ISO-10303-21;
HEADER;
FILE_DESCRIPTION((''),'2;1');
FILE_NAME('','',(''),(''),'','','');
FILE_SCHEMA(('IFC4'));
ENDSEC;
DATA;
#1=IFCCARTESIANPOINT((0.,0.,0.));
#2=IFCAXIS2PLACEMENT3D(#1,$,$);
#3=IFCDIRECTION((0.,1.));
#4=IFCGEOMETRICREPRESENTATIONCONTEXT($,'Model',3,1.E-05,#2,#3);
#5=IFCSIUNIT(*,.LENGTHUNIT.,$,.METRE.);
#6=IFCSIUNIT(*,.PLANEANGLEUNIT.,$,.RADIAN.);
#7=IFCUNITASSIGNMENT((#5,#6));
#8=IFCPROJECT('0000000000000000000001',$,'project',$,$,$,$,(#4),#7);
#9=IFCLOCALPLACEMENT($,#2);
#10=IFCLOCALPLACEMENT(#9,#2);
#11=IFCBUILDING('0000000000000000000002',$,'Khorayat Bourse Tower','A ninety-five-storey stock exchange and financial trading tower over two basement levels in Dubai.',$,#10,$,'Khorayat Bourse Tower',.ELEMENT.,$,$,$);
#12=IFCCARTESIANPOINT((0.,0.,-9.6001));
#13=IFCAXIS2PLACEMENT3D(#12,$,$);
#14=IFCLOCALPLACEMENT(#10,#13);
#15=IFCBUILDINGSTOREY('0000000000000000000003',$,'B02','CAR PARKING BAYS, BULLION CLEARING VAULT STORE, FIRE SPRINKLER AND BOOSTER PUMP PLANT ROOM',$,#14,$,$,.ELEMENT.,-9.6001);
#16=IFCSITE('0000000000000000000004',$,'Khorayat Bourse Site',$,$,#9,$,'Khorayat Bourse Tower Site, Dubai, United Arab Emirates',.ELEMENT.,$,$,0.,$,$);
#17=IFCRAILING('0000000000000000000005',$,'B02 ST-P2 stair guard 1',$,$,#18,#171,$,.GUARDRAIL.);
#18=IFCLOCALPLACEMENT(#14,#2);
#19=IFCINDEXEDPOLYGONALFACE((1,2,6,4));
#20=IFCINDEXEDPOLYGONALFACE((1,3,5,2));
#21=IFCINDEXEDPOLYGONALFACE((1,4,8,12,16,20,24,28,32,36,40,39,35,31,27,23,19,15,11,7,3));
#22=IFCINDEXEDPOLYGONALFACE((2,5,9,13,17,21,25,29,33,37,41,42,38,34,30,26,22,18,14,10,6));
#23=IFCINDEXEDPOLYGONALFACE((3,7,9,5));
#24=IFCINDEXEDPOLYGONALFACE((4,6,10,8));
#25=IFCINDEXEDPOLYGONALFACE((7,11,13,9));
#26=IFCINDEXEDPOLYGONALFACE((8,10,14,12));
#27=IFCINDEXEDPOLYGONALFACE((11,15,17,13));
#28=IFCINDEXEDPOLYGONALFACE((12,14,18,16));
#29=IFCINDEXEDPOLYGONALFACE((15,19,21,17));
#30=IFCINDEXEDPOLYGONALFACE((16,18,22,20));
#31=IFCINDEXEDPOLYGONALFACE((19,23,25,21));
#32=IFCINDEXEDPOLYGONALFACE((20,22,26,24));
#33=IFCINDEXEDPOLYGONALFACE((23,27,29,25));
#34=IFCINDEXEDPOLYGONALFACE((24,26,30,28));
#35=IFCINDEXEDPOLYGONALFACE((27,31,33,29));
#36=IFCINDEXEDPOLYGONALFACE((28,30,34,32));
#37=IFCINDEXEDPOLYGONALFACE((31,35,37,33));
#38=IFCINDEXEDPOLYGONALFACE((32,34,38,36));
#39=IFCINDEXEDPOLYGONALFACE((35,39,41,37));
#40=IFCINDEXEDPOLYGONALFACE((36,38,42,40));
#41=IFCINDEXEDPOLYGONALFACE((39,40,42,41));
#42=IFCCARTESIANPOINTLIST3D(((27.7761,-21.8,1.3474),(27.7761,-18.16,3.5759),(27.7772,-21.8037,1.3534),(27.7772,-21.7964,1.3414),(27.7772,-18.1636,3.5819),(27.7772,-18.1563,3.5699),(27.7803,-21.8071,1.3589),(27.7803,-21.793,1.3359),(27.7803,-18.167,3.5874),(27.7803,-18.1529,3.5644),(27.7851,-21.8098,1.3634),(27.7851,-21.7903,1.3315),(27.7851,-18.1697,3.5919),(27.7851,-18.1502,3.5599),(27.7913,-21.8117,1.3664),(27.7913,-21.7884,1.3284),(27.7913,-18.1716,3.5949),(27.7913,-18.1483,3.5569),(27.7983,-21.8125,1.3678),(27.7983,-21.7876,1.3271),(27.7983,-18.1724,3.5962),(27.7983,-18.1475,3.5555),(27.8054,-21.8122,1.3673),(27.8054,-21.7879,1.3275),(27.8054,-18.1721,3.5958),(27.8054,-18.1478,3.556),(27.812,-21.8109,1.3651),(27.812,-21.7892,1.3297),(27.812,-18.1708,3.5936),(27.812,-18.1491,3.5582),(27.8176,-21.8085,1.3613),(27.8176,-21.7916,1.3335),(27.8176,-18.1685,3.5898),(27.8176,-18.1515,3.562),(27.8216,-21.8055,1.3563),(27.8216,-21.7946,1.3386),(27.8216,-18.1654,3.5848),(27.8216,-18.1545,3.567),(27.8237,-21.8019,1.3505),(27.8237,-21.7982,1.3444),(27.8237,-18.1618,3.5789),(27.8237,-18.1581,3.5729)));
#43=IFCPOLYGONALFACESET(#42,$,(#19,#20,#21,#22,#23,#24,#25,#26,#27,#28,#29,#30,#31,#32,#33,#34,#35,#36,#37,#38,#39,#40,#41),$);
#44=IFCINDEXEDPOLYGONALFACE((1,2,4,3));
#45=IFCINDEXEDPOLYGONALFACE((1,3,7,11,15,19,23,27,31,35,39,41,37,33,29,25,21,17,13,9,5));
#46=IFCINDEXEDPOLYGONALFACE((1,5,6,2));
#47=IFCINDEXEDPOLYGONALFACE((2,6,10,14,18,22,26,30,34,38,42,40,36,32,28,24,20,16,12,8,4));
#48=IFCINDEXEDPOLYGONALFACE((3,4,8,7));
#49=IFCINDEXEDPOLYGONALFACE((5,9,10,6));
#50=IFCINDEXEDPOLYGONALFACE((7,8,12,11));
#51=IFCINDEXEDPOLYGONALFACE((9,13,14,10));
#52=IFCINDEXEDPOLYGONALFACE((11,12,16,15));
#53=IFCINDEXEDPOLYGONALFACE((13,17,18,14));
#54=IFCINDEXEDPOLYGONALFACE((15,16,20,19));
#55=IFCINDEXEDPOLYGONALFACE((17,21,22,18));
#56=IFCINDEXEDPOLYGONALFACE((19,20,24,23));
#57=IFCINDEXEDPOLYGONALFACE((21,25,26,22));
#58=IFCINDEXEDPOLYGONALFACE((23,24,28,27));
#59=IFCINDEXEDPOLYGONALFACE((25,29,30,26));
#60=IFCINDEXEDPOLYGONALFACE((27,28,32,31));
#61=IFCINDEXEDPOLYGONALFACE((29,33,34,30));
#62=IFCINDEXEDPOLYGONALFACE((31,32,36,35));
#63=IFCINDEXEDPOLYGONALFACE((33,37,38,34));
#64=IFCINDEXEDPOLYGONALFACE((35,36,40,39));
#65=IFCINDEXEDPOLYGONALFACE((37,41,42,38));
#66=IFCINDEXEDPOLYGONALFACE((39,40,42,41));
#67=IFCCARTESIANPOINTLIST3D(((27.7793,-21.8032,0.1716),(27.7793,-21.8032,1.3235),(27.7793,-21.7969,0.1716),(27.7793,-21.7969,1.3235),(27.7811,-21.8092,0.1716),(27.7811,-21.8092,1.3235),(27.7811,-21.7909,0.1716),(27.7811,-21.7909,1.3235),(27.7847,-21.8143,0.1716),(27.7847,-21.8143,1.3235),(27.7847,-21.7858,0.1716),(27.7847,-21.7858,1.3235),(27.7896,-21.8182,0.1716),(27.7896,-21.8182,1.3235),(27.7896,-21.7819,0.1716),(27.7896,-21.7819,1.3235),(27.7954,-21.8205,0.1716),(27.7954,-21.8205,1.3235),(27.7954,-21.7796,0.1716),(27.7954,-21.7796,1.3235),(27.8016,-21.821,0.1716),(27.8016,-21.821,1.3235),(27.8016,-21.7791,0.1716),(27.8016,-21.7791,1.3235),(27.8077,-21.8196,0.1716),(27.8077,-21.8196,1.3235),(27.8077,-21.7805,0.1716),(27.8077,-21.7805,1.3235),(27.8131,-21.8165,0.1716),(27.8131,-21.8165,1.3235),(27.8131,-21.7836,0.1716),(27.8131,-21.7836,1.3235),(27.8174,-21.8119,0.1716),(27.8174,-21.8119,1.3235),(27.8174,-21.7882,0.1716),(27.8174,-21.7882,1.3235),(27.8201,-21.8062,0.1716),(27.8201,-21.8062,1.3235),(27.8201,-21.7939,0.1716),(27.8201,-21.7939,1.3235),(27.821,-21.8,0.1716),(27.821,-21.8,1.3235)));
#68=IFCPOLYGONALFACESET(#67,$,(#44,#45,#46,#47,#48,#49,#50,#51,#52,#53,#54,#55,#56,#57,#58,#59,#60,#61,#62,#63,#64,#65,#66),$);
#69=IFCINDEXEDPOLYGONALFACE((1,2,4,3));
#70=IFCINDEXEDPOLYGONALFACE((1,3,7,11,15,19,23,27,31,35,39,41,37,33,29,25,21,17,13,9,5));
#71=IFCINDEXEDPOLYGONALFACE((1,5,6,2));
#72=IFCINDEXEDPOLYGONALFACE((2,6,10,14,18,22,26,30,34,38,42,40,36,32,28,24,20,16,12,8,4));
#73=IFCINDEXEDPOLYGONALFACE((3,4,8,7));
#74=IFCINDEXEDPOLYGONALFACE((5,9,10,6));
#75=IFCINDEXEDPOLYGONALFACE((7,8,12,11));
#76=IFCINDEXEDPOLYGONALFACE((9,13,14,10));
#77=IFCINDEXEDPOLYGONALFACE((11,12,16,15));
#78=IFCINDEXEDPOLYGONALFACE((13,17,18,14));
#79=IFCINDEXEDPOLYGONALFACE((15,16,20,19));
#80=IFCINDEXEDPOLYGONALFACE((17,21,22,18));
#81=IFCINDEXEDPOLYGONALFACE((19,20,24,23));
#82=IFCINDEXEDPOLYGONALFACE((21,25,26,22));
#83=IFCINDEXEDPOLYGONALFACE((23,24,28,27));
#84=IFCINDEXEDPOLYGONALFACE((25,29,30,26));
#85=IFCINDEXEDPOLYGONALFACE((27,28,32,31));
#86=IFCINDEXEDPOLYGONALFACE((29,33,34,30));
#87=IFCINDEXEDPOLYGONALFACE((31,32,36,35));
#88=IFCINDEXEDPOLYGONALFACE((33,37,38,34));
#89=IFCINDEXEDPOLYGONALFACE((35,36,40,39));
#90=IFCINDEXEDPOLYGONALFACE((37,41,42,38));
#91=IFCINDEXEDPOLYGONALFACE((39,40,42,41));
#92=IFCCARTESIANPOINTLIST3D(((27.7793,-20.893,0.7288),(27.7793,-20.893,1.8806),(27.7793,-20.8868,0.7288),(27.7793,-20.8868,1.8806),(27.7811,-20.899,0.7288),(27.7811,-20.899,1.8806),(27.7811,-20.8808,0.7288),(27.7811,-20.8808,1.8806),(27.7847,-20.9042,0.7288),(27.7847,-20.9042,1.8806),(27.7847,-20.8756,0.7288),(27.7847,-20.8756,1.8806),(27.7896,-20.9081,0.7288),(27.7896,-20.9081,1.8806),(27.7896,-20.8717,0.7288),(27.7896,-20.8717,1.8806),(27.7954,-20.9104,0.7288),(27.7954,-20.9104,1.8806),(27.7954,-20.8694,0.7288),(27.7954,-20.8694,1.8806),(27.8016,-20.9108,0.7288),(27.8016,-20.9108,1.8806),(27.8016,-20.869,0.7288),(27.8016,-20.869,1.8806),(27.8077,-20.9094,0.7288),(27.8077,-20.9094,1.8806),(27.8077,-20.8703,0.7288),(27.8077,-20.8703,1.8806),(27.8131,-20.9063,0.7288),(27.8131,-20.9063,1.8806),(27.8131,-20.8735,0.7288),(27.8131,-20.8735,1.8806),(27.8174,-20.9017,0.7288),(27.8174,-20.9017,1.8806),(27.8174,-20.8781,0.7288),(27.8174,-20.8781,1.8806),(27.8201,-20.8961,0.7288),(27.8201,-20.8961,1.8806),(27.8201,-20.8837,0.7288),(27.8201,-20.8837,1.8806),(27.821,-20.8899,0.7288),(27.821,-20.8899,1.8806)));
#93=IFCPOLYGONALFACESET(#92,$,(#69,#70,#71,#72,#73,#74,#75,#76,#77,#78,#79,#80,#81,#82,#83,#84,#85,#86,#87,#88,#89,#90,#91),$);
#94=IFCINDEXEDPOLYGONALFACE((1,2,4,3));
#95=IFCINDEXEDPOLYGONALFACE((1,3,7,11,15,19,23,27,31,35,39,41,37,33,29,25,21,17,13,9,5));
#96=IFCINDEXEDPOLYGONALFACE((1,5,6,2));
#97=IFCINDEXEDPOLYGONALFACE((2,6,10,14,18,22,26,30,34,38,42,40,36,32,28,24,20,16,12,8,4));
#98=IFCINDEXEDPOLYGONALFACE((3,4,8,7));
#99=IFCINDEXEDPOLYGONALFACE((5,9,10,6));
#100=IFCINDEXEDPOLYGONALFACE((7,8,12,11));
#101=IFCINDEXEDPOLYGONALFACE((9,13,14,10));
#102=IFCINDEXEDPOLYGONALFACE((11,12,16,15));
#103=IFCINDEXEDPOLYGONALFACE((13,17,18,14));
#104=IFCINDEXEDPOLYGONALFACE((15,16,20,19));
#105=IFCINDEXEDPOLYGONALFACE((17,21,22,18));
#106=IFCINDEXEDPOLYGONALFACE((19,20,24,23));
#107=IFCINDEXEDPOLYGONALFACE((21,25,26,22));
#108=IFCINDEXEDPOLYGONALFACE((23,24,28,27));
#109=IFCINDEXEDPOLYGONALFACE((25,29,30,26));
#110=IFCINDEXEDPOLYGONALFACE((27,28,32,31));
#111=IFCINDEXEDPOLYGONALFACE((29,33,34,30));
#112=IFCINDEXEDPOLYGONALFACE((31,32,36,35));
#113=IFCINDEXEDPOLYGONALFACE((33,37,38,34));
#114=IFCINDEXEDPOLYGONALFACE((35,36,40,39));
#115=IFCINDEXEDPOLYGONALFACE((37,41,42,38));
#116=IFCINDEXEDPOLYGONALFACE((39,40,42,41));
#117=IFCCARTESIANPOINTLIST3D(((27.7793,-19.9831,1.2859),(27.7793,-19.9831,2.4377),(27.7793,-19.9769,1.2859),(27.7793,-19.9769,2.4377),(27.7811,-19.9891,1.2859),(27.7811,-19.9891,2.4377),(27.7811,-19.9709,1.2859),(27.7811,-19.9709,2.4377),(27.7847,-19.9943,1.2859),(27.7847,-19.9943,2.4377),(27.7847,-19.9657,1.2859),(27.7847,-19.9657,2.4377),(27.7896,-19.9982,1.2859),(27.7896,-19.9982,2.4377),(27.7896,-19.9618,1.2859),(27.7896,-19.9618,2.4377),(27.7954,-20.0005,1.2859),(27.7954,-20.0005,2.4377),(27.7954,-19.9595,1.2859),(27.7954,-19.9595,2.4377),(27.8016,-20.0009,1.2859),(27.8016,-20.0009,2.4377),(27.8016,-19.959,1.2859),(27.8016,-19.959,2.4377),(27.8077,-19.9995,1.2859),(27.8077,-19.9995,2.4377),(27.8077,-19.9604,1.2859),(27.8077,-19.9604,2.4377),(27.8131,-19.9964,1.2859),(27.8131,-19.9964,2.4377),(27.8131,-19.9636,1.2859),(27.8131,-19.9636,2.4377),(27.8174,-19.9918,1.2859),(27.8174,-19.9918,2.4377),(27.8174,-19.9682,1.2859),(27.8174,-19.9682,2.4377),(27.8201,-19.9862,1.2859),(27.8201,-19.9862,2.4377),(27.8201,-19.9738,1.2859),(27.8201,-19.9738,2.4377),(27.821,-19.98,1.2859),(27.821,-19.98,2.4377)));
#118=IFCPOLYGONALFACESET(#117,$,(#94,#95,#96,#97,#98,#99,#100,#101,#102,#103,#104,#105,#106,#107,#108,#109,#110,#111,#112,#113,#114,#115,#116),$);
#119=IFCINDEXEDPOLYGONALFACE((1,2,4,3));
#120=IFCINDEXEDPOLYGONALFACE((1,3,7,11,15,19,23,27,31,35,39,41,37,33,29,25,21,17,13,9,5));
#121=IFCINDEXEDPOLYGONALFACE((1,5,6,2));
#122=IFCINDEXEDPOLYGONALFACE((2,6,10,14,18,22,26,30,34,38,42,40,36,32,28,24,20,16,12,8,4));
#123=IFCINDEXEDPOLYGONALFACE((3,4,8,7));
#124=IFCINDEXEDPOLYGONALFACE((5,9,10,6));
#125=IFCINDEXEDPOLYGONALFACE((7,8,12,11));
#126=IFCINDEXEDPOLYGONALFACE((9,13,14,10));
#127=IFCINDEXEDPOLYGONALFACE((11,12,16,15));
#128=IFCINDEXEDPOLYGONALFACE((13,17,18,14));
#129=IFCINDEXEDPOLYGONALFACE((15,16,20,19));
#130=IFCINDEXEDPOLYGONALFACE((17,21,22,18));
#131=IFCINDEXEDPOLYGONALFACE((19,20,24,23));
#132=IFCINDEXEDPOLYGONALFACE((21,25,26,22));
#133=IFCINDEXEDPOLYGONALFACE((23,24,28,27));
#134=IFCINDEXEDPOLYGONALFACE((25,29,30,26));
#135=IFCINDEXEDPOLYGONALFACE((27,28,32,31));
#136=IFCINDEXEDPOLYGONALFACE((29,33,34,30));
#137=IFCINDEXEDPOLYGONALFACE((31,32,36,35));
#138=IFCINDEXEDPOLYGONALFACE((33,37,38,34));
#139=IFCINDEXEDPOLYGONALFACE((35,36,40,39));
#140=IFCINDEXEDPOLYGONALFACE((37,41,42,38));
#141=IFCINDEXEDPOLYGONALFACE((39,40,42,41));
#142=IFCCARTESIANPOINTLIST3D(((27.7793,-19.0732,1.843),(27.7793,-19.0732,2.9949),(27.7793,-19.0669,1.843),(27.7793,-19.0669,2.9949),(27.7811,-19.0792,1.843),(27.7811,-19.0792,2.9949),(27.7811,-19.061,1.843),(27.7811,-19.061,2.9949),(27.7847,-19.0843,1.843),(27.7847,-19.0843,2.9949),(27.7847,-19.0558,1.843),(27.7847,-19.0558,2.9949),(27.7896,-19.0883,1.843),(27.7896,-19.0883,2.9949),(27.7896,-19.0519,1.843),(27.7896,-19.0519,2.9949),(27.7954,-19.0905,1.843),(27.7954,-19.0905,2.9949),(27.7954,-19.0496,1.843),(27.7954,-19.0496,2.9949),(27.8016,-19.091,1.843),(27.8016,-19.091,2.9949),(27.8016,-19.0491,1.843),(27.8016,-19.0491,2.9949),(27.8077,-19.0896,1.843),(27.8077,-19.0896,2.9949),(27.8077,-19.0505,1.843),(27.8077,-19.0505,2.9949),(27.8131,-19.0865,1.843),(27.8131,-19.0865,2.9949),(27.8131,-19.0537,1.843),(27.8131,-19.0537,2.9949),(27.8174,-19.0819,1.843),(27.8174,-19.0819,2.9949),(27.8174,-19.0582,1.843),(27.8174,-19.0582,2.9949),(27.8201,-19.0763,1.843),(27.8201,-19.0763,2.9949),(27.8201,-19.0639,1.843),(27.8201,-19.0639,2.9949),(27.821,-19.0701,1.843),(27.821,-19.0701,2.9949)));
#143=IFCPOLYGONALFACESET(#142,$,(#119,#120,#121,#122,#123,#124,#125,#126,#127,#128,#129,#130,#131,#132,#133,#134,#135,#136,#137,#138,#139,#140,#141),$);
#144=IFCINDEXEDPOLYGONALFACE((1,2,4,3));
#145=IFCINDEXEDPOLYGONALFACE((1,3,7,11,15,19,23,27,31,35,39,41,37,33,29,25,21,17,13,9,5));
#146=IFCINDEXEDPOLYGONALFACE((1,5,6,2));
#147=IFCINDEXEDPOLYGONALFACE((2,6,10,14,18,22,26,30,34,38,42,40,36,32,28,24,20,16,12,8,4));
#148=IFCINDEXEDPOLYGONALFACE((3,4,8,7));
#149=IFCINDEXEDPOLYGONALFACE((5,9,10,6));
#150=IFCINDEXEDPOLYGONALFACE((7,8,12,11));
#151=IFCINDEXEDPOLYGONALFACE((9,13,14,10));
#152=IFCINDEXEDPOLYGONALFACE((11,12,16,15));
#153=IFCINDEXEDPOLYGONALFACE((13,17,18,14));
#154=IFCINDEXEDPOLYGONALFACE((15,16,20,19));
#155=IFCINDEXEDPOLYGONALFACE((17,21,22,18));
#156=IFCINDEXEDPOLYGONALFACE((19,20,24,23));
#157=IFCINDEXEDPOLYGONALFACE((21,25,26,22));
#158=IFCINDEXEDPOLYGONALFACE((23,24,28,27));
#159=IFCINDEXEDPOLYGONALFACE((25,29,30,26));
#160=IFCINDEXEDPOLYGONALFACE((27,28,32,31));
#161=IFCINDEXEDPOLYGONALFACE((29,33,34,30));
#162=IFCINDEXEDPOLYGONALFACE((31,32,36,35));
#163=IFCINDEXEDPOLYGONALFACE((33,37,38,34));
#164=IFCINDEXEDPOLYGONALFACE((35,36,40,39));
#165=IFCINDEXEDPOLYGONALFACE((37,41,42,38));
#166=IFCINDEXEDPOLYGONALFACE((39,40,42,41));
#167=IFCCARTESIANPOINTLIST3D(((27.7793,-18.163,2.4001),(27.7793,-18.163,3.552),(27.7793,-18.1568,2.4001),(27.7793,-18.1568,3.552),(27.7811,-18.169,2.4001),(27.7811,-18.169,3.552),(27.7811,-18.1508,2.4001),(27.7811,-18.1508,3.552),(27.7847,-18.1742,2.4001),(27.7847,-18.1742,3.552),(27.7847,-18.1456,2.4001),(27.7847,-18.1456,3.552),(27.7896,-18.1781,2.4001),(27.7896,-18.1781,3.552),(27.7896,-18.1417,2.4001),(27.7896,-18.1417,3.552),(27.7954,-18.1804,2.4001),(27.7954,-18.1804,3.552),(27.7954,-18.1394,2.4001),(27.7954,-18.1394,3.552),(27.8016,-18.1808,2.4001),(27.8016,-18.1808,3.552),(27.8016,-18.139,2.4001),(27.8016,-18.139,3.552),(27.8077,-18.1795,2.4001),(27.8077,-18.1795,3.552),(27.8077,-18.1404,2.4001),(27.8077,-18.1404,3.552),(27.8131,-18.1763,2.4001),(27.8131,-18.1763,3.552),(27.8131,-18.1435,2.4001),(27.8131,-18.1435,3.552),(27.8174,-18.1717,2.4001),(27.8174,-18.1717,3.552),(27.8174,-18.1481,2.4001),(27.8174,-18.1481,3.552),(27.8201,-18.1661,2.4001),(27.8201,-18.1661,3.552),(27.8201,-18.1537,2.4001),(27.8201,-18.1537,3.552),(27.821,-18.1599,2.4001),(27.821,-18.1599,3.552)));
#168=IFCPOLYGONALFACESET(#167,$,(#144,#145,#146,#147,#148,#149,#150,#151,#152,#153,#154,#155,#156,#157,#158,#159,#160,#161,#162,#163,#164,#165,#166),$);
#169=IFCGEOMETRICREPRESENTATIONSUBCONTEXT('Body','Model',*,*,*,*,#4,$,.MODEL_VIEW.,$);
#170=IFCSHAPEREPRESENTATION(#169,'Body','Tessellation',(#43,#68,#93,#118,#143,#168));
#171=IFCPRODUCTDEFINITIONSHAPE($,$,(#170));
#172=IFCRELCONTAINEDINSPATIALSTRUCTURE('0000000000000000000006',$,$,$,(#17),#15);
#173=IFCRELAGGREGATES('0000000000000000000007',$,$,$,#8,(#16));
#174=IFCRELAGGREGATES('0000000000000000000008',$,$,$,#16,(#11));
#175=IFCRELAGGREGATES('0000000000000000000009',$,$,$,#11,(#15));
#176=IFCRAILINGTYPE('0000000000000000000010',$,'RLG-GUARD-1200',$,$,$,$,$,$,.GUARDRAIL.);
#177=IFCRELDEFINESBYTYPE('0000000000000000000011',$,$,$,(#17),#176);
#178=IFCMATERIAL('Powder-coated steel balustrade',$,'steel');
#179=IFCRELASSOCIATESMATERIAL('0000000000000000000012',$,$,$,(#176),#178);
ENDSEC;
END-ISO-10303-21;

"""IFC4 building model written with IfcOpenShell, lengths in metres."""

from ifc_helpers import new_model, si_unit, direction, frame, origin, origin_2d, place, context, subcontext, project, spatial, circle, extrude, source, transform, mapped, material, type_object, element, save


model = new_model("IFC4")

# Units and contexts
model_context = context("Model", 3, precision=1e-05, world=origin(), true_north=direction((0.0, 1.0)))
body_context = subcontext(model_context, "Body", "Model", "MODEL_VIEW")
ifc_project = project(units=[si_unit("LENGTHUNIT", "METRE"), si_unit("PLANEANGLEUNIT", "RADIAN")], contexts=[model_context])

# Site, building, storey
site_placement = place(None, origin())
site = spatial("IfcSite", under=ifc_project, at=site_placement, Name="Khorayat Bourse Site", LongName="Khorayat Bourse Tower Site, Dubai, United Arab Emirates", CompositionType="ELEMENT", RefElevation=0.0)
building_placement = place(site_placement, origin())
building = spatial("IfcBuilding", under=site, at=building_placement, Name="Khorayat Bourse Tower", Description="A ninety-five-storey stock exchange and financial trading tower over two basement levels in Dubai.", LongName="Khorayat Bourse Tower", CompositionType="ELEMENT")
storey_placement = place(building_placement, frame((0.0, 0.0, -9.6001)))
storey = spatial("IfcBuildingStorey", under=building, at=storey_placement, Name="B02", Description="CAR PARKING BAYS, BULLION CLEARING VAULT STORE, FIRE SPRINKLER AND BOOSTER PUMP PLANT ROOM", CompositionType="ELEMENT", Elevation=-9.6001)

# Railing
ifc_material_1 = material(Name="Powder-coated steel balustrade", Category="steel")
railing_type_1 = type_object("IfcRailingType", Name="RLG-GUARD-1200", PredefinedType="GUARDRAIL", material=ifc_material_1)
shared_shape_1 = source(origin(), body_context, "Body", "SweptSolid", [
    extrude(circle(Radius=0.0239, at=origin_2d()), frame((0.0, 0.0, 1.1758), z_axis=(0.0, 0.852866, 0.52213), x_axis=(-1.0, 0.0, 0.0)), (0.0, 0.0, 1.0), 4.2681),
    extrude(circle(Radius=0.021, at=origin_2d()), origin(), (0.0, 0.0, 1.0), 1.1519),
    extrude(circle(Radius=0.021, at=origin_2d()), frame((0.0, 0.9102, 0.5571)), (0.0, 0.0, 1.0), 1.1519),
    extrude(circle(Radius=0.021, at=origin_2d()), frame((0.0, 1.8201, 1.1143)), (0.0, 0.0, 1.0), 1.1519),
    extrude(circle(Radius=0.021, at=origin_2d()), frame((0.0, 2.73, 1.6714)), (0.0, 0.0, 1.0), 1.1519),
    extrude(circle(Radius=0.021, at=origin_2d()), frame((0.0, 3.6401, 2.2285)), (0.0, 0.0, 1.0), 1.1519),
])
railing_1_placement = place(storey_placement, frame((27.8, -21.8, 0.1716)))
element("IfcRailing", 1, at=railing_1_placement, inside=storey, type_object=railing_type_1, Name="B02 ST-P2 stair guard 1", PredefinedType="GUARDRAIL", context=body_context, shape_type="MappedRepresentation", body=[
    mapped(shared_shape_1, transform((0.0, 0.0, 0.0), scale=1.0)),
])

save(model, "model.ifc")
